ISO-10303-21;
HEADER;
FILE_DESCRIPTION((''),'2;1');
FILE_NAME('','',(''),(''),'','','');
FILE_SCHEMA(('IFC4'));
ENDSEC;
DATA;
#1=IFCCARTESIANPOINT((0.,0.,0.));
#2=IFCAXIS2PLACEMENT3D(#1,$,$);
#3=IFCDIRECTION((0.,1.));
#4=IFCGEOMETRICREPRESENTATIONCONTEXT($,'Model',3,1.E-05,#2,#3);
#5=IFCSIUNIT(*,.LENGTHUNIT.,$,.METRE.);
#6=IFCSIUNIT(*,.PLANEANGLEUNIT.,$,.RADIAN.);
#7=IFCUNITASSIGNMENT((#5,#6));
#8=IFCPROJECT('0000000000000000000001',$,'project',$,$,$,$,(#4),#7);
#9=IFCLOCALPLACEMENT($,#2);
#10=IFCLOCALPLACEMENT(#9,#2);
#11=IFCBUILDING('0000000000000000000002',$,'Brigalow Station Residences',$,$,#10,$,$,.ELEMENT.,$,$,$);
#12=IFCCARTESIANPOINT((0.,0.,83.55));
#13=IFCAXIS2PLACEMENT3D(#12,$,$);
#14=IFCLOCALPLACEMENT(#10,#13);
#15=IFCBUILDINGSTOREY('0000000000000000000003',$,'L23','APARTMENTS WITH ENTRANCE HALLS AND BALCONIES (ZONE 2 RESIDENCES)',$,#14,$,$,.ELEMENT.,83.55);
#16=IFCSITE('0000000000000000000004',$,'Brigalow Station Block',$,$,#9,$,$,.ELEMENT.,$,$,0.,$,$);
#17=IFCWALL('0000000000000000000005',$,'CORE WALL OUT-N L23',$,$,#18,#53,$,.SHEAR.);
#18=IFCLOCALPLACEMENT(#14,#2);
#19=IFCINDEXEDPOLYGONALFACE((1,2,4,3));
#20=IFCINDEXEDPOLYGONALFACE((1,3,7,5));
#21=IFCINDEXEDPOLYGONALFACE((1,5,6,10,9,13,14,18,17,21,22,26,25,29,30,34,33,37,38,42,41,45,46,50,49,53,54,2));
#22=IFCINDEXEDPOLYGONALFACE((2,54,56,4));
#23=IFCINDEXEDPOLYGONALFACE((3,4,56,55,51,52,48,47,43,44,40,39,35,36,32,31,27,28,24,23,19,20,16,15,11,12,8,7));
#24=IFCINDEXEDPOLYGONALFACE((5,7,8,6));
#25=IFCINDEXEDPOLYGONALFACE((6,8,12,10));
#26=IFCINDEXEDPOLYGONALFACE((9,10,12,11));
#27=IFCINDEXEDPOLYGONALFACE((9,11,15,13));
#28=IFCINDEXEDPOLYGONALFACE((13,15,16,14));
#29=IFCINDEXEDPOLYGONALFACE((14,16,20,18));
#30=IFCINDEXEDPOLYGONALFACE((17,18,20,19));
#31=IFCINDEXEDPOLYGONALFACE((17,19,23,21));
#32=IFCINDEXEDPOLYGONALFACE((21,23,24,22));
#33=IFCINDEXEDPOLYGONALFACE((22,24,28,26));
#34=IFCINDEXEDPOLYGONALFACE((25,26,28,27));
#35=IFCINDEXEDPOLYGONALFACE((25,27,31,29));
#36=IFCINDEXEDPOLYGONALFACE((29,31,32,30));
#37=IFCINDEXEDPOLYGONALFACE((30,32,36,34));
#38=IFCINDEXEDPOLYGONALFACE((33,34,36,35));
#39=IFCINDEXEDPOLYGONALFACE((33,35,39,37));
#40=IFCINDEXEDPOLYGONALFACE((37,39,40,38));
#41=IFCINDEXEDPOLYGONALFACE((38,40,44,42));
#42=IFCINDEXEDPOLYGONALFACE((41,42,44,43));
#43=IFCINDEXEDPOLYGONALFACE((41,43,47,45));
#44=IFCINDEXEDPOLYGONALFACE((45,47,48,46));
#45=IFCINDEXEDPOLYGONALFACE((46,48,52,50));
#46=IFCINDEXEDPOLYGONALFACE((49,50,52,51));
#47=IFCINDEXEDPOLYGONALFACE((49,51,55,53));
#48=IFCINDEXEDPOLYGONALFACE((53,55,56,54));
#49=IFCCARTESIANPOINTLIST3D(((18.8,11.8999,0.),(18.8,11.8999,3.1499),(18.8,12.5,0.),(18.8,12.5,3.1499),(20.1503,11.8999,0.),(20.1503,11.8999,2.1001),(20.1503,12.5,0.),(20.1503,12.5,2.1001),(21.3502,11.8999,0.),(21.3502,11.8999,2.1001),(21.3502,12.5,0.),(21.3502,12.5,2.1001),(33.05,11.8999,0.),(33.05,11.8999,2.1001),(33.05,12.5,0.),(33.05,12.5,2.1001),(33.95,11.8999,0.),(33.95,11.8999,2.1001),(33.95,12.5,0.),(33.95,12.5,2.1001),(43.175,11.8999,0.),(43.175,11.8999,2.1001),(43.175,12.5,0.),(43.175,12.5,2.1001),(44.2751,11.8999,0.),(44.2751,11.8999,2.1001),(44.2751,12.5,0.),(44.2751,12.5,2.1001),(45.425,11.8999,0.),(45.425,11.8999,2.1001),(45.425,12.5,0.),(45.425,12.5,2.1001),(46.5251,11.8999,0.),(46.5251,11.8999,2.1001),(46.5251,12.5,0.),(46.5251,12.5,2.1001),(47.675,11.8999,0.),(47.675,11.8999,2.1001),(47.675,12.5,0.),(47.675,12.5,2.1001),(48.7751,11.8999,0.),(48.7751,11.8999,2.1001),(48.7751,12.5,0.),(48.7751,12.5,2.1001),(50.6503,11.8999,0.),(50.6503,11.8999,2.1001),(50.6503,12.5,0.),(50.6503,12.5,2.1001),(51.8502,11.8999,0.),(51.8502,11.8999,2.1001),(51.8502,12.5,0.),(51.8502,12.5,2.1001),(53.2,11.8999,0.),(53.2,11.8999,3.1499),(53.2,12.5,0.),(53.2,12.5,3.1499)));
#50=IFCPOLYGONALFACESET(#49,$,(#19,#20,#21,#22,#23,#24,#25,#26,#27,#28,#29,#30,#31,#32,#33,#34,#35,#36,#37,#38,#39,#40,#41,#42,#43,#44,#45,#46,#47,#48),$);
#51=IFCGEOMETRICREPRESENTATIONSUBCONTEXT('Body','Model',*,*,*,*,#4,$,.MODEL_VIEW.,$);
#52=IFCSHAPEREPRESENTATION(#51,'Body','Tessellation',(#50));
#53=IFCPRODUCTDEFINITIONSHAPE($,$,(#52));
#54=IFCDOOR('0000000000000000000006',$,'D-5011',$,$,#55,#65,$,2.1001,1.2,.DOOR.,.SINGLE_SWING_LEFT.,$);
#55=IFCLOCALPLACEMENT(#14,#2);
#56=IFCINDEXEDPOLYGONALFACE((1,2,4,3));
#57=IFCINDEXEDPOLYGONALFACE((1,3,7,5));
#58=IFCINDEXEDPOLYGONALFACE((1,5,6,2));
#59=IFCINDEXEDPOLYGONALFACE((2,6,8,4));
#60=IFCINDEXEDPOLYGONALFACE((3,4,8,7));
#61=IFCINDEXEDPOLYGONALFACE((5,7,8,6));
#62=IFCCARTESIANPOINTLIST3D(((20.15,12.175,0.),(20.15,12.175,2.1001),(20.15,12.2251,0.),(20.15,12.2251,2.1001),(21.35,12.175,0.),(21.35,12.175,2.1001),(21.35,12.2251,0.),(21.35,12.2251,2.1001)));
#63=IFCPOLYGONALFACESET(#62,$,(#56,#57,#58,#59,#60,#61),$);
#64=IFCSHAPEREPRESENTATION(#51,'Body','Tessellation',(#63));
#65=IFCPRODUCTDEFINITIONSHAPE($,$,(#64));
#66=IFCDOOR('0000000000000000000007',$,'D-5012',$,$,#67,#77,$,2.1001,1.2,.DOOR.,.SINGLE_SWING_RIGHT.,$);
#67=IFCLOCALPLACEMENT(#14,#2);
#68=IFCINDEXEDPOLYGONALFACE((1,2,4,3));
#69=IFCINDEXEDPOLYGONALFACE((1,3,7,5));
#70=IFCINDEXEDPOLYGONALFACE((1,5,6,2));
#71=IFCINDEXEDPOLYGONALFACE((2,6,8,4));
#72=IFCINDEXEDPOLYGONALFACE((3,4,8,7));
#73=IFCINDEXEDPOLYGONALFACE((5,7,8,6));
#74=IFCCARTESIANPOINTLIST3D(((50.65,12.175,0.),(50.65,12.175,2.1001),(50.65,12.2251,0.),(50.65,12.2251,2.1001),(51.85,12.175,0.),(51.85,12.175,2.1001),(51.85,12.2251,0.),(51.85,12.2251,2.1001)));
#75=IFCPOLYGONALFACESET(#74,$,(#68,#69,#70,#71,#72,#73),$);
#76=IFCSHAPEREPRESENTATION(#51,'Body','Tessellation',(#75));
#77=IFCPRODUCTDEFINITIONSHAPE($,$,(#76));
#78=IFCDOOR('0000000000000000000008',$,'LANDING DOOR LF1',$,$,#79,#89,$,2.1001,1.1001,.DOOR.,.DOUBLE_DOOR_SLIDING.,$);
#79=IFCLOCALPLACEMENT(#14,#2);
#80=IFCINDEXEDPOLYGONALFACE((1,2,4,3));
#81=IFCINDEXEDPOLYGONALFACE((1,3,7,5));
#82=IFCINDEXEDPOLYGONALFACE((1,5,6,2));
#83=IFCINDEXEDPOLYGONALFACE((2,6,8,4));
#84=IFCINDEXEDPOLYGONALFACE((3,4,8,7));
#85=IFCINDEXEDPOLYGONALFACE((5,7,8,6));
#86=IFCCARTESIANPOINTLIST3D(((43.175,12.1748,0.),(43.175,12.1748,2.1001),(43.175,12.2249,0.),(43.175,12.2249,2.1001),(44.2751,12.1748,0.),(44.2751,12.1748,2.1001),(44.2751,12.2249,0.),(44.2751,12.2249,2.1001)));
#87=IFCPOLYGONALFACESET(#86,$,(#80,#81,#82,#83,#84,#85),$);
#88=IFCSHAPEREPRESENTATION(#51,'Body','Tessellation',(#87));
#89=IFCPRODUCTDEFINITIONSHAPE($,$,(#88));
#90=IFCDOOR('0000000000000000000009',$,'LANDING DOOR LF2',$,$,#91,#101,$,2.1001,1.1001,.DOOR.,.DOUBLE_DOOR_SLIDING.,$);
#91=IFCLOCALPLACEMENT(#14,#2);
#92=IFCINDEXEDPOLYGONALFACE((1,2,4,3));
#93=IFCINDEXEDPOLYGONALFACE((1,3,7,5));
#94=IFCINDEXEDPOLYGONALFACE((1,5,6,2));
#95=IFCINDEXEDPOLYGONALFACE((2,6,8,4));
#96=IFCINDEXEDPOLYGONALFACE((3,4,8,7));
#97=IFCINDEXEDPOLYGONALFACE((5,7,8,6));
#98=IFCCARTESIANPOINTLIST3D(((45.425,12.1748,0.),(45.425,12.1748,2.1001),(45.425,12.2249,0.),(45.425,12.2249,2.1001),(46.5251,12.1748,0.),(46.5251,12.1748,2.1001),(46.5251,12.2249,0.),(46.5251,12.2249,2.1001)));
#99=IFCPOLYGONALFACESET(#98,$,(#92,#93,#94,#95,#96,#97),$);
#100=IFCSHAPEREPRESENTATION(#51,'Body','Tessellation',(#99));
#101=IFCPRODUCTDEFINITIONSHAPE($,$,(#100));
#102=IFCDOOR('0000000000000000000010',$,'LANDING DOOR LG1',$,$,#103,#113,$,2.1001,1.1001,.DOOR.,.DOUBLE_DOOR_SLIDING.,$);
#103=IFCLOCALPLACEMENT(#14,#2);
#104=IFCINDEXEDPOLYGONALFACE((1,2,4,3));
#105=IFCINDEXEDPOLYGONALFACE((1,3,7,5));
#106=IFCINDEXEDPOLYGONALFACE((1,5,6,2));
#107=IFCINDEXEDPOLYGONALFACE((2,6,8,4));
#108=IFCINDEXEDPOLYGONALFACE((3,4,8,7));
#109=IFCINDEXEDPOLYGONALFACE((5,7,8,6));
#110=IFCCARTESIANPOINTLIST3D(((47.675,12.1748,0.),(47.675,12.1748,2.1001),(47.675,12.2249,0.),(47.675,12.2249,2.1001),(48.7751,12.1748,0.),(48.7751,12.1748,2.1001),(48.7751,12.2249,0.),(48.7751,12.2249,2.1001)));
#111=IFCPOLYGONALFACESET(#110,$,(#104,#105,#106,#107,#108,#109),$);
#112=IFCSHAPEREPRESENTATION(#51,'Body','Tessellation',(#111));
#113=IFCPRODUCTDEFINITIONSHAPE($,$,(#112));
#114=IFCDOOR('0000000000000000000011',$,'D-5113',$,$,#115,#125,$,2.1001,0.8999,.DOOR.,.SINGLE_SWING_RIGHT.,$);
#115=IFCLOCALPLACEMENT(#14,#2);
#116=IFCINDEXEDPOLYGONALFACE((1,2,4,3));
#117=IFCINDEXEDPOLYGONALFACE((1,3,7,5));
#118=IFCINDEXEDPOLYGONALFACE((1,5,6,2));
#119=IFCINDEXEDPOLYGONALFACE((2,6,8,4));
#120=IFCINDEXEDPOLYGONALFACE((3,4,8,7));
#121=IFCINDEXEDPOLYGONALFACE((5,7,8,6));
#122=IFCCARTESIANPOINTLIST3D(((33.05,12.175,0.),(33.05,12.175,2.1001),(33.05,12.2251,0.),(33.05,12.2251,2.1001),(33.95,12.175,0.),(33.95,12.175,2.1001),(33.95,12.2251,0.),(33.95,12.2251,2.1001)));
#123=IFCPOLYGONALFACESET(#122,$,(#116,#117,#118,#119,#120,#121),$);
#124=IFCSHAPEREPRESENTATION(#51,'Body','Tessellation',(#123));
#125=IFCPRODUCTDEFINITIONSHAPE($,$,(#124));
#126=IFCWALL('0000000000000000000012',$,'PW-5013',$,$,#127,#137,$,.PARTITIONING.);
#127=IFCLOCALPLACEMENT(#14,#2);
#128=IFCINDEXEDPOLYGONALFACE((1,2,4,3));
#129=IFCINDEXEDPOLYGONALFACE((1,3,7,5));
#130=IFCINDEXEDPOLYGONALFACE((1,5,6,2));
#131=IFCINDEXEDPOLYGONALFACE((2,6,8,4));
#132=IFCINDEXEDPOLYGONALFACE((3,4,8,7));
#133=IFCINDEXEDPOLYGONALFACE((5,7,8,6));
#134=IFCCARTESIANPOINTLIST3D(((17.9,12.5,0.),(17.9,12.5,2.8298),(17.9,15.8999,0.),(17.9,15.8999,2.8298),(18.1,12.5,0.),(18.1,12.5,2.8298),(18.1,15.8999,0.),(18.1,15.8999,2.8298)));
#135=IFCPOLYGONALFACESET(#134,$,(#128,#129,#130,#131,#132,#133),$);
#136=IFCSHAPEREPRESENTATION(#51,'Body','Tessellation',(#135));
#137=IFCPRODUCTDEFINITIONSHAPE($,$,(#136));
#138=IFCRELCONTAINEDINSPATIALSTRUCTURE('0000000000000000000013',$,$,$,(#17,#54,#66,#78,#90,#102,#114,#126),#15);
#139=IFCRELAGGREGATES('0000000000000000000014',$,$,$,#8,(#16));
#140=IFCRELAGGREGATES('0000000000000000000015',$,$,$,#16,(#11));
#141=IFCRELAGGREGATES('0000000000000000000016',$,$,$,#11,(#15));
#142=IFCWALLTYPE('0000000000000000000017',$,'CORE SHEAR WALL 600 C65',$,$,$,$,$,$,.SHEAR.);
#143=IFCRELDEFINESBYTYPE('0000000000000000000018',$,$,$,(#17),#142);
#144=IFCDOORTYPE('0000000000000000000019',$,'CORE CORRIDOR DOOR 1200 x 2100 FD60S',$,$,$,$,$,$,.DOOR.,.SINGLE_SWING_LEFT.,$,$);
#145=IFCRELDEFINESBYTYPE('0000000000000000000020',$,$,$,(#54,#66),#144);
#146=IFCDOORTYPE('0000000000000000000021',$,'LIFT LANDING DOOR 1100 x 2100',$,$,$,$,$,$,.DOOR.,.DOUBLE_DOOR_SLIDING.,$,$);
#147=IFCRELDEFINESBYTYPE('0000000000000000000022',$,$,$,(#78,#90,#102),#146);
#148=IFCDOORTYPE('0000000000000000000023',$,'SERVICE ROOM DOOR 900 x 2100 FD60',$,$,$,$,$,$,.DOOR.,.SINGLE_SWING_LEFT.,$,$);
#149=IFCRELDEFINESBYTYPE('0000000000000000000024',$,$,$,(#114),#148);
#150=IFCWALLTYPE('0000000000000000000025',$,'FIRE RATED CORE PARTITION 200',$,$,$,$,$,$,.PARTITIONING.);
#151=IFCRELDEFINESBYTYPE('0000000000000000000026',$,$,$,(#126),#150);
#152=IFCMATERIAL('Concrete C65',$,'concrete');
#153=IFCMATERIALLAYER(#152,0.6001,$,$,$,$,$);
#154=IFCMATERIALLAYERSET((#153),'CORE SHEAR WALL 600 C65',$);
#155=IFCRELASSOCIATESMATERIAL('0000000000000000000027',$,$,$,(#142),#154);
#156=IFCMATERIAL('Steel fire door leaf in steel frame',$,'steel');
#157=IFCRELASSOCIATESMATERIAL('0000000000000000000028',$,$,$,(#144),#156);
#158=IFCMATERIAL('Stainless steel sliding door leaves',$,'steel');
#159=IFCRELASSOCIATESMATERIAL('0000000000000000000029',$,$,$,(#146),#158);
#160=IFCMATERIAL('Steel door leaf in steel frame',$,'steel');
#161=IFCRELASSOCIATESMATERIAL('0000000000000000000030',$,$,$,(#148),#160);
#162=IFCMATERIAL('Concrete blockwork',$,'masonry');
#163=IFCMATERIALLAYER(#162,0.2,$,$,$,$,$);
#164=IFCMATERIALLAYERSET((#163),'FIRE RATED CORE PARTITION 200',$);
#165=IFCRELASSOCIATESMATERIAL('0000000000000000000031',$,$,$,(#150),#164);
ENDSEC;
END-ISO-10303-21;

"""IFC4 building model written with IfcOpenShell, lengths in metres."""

from ifc_helpers import new_model, si_unit, direction, frame, frame_2d, origin, place, context, subcontext, project, spatial, rectangle, extrude, material, layer, layer_set, type_object, element, fill, save


model = new_model("IFC4")

# Units and contexts
model_context = context("Model", 3, precision=1e-05, world=origin(), true_north=direction((0.0, 1.0)))
body_context = subcontext(model_context, "Body", "Model", "MODEL_VIEW")
ifc_project = project(units=[si_unit("LENGTHUNIT", "METRE"), si_unit("PLANEANGLEUNIT", "RADIAN")], contexts=[model_context])

# Site, building, storey
site_placement = place(None, origin())
site = spatial("IfcSite", under=ifc_project, at=site_placement, Name="Brigalow Station Block", CompositionType="ELEMENT", RefElevation=0.0)
building_placement = place(site_placement, origin())
building = spatial("IfcBuilding", under=site, at=building_placement, Name="Brigalow Station Residences", CompositionType="ELEMENT")
storey_placement = place(building_placement, frame((0.0, 0.0, 83.55)))
storey = spatial("IfcBuildingStorey", under=building, at=storey_placement, Name="L23", Description="APARTMENTS WITH ENTRANCE HALLS AND BALCONIES (ZONE 2 RESIDENCES)", CompositionType="ELEMENT", Elevation=83.55)

# Wall, openings, doors
ifc_material_1 = material(Name="Concrete C65", Category="concrete")
ifc_layer_1 = layer(ifc_material_1, 0.6001)
ifc_layer_set_1 = layer_set([ifc_layer_1], Name="CORE SHEAR WALL 600 C65")
wall_type_1 = type_object("IfcWallType", Name="CORE SHEAR WALL 600 C65", PredefinedType="SHEAR", material=ifc_layer_set_1)
wall_1_placement = place(storey_placement, frame((18.8, 12.2, 0.0), z_axis=(0.0, 0.0, 1.0), x_axis=(1.0, 0.0, 0.0)))
wall_1 = element("IfcWall", 1, at=wall_1_placement, inside=storey, type_object=wall_type_1, Name="CORE WALL OUT-N L23", PredefinedType="SHEAR", context=body_context, shape_type="SweptSolid", body=[
    extrude(rectangle(XDim=34.3999, YDim=0.6001, at=frame_2d((17.2, 0.0))), origin(), (0.0, 0.0, 1.0), 3.1499),
])
opening_1_placement = place(wall_1_placement, frame((24.375, 0.0, 0.0)))
opening_1 = element("IfcOpeningElement", 2, at=opening_1_placement, cuts=wall_1, PredefinedType="OPENING", context=body_context, shape_type="SweptSolid", body=[
    extrude(rectangle(XDim=1.1001, YDim=2.1001, at=frame_2d((0.55, 1.05))), frame((0.0, 0.3101, 0.0), z_axis=(0.0, -1.0, 0.0), x_axis=(1.0, 0.0, 0.0)), (0.0, 0.0, 1.0), 0.6201),
])
opening_2_placement = place(wall_1_placement, frame((26.625, 0.0, 0.0)))
opening_2 = element("IfcOpeningElement", 3, at=opening_2_placement, cuts=wall_1, PredefinedType="OPENING", context=body_context, shape_type="SweptSolid", body=[
    extrude(rectangle(XDim=1.1001, YDim=2.1001, at=frame_2d((0.55, 1.05))), frame((0.0, 0.3101, 0.0), z_axis=(0.0, -1.0, 0.0), x_axis=(1.0, 0.0, 0.0)), (0.0, 0.0, 1.0), 0.6201),
])
opening_3_placement = place(wall_1_placement, frame((28.875, 0.0, 0.0)))
opening_3 = element("IfcOpeningElement", 4, at=opening_3_placement, cuts=wall_1, PredefinedType="OPENING", context=body_context, shape_type="SweptSolid", body=[
    extrude(rectangle(XDim=1.1001, YDim=2.1001, at=frame_2d((0.55, 1.05))), frame((0.0, 0.3101, 0.0), z_axis=(0.0, -1.0, 0.0), x_axis=(1.0, 0.0, 0.0)), (0.0, 0.0, 1.0), 0.6201),
])
opening_4_placement = place(wall_1_placement, frame((14.25, 0.0, 0.0)))
opening_4 = element("IfcOpeningElement", 5, at=opening_4_placement, cuts=wall_1, PredefinedType="OPENING", context=body_context, shape_type="SweptSolid", body=[
    extrude(rectangle(XDim=0.8999, YDim=2.1001, at=frame_2d((0.45, 1.05))), frame((0.0, 0.3101, 0.0), z_axis=(0.0, -1.0, 0.0), x_axis=(1.0, 0.0, 0.0)), (0.0, 0.0, 1.0), 0.6201),
])
opening_5_placement = place(wall_1_placement, frame((1.3501, 0.0, 0.0)))
opening_5 = element("IfcOpeningElement", 6, at=opening_5_placement, cuts=wall_1, PredefinedType="OPENING", context=body_context, shape_type="SweptSolid", body=[
    extrude(rectangle(XDim=1.2, YDim=2.1001, at=frame_2d((0.6001, 1.05))), frame((0.0, 0.3101, 0.0), z_axis=(0.0, -1.0, 0.0), x_axis=(1.0, 0.0, 0.0)), (0.0, 0.0, 1.0), 0.6201),
])
opening_6_placement = place(wall_1_placement, frame((31.8501, 0.0, 0.0)))
opening_6 = element("IfcOpeningElement", 7, at=opening_6_placement, cuts=wall_1, PredefinedType="OPENING", context=body_context, shape_type="SweptSolid", body=[
    extrude(rectangle(XDim=1.2, YDim=2.1001, at=frame_2d((0.6001, 1.05))), frame((0.0, 0.3101, 0.0), z_axis=(0.0, -1.0, 0.0), x_axis=(1.0, 0.0, 0.0)), (0.0, 0.0, 1.0), 0.6201),
])
ifc_material_2 = material(Name="Steel fire door leaf in steel frame", Category="steel")
door_type_1 = type_object("IfcDoorType", Name="CORE CORRIDOR DOOR 1200 x 2100 FD60S", OperationType="SINGLE_SWING_LEFT", PredefinedType="DOOR", material=ifc_material_2)
door_1_placement = place(opening_5_placement, frame((1.2, 0.0, 0.0), z_axis=(0.0, 0.0, 1.0), x_axis=(-1.0, 0.0, 0.0)))
door_1 = element("IfcDoor", 8, at=door_1_placement, inside=storey, type_object=door_type_1, Name="D-5011", OperationType="SINGLE_SWING_LEFT", OverallHeight=2.1001, OverallWidth=1.2, PredefinedType="DOOR", context=body_context, shape_type="SweptSolid", body=[
    extrude(rectangle(XDim=1.2, YDim=2.1001, at=frame_2d((0.6001, 1.05))), frame((0.0, 0.0249, 0.0), z_axis=(0.0, -1.0, 0.0), x_axis=(1.0, 0.0, 0.0)), (0.0, 0.0, 1.0), 0.05),
])
fill(opening_5, door_1)
door_2_placement = place(opening_6_placement, frame((1.2, 0.0, 0.0), z_axis=(0.0, 0.0, 1.0), x_axis=(-1.0, 0.0, 0.0)))
door_2 = element("IfcDoor", 9, at=door_2_placement, inside=storey, type_object=door_type_1, Name="D-5012", OperationType="SINGLE_SWING_RIGHT", OverallHeight=2.1001, OverallWidth=1.2, PredefinedType="DOOR", context=body_context, shape_type="SweptSolid", body=[
    extrude(rectangle(XDim=1.2, YDim=2.1001, at=frame_2d((0.6001, 1.05))), frame((0.0, 0.0249, 0.0), z_axis=(0.0, -1.0, 0.0), x_axis=(1.0, 0.0, 0.0)), (0.0, 0.0, 1.0), 0.05),
])
fill(opening_6, door_2)
ifc_material_3 = material(Name="Stainless steel sliding door leaves", Category="steel")
door_type_2 = type_object("IfcDoorType", Name="LIFT LANDING DOOR 1100 x 2100", OperationType="DOUBLE_DOOR_SLIDING", PredefinedType="DOOR", material=ifc_material_3)
door_3_placement = place(opening_1_placement, origin())
door_3 = element("IfcDoor", 10, at=door_3_placement, inside=storey, type_object=door_type_2, Name="LANDING DOOR LF1", OperationType="DOUBLE_DOOR_SLIDING", OverallHeight=2.1001, OverallWidth=1.1001, PredefinedType="DOOR", context=body_context, shape_type="SweptSolid", body=[
    extrude(rectangle(XDim=1.1001, YDim=2.1001, at=frame_2d((0.55, 1.05))), frame((0.0, 0.0249, 0.0), z_axis=(0.0, -1.0, 0.0), x_axis=(1.0, 0.0, 0.0)), (0.0, 0.0, 1.0), 0.05),
])
fill(opening_1, door_3)
door_4_placement = place(opening_2_placement, origin())
door_4 = element("IfcDoor", 11, at=door_4_placement, inside=storey, type_object=door_type_2, Name="LANDING DOOR LF2", OperationType="DOUBLE_DOOR_SLIDING", OverallHeight=2.1001, OverallWidth=1.1001, PredefinedType="DOOR", context=body_context, shape_type="SweptSolid", body=[
    extrude(rectangle(XDim=1.1001, YDim=2.1001, at=frame_2d((0.55, 1.05))), frame((0.0, 0.0249, 0.0), z_axis=(0.0, -1.0, 0.0), x_axis=(1.0, 0.0, 0.0)), (0.0, 0.0, 1.0), 0.05),
])
fill(opening_2, door_4)
door_5_placement = place(opening_3_placement, origin())
door_5 = element("IfcDoor", 12, at=door_5_placement, inside=storey, type_object=door_type_2, Name="LANDING DOOR LG1", OperationType="DOUBLE_DOOR_SLIDING", OverallHeight=2.1001, OverallWidth=1.1001, PredefinedType="DOOR", context=body_context, shape_type="SweptSolid", body=[
    extrude(rectangle(XDim=1.1001, YDim=2.1001, at=frame_2d((0.55, 1.05))), frame((0.0, 0.0249, 0.0), z_axis=(0.0, -1.0, 0.0), x_axis=(1.0, 0.0, 0.0)), (0.0, 0.0, 1.0), 0.05),
])
fill(opening_3, door_5)
ifc_material_4 = material(Name="Steel door leaf in steel frame", Category="steel")
door_type_3 = type_object("IfcDoorType", Name="SERVICE ROOM DOOR 900 x 2100 FD60", OperationType="SINGLE_SWING_LEFT", PredefinedType="DOOR", material=ifc_material_4)
door_6_placement = place(opening_4_placement, frame((0.8999, 0.0, 0.0), z_axis=(0.0, 0.0, 1.0), x_axis=(-1.0, 0.0, 0.0)))
door_6 = element("IfcDoor", 13, at=door_6_placement, inside=storey, type_object=door_type_3, Name="D-5113", OperationType="SINGLE_SWING_RIGHT", OverallHeight=2.1001, OverallWidth=0.8999, PredefinedType="DOOR", context=body_context, shape_type="SweptSolid", body=[
    extrude(rectangle(XDim=0.8999, YDim=2.1001, at=frame_2d((0.45, 1.05))), frame((0.0, 0.0249, 0.0), z_axis=(0.0, -1.0, 0.0), x_axis=(1.0, 0.0, 0.0)), (0.0, 0.0, 1.0), 0.05),
])
fill(opening_4, door_6)

# Wall
ifc_material_5 = material(Name="Concrete blockwork", Category="masonry")
ifc_layer_2 = layer(ifc_material_5, 0.2)
ifc_layer_set_2 = layer_set([ifc_layer_2], Name="FIRE RATED CORE PARTITION 200")
wall_type_2 = type_object("IfcWallType", Name="FIRE RATED CORE PARTITION 200", PredefinedType="PARTITIONING", material=ifc_layer_set_2)
wall_2_placement = place(storey_placement, frame((18.0, 12.5, 0.0), z_axis=(0.0, 0.0, 1.0), x_axis=(0.0, 1.0, 0.0)))
element("IfcWall", 14, at=wall_2_placement, inside=storey, type_object=wall_type_2, Name="PW-5013", PredefinedType="PARTITIONING", context=body_context, shape_type="SweptSolid", body=[
    extrude(rectangle(XDim=3.3999, YDim=0.2, at=frame_2d((1.7, 0.0))), origin(), (0.0, 0.0, 1.0), 2.8298),
])

save(model, "model.ifc")
